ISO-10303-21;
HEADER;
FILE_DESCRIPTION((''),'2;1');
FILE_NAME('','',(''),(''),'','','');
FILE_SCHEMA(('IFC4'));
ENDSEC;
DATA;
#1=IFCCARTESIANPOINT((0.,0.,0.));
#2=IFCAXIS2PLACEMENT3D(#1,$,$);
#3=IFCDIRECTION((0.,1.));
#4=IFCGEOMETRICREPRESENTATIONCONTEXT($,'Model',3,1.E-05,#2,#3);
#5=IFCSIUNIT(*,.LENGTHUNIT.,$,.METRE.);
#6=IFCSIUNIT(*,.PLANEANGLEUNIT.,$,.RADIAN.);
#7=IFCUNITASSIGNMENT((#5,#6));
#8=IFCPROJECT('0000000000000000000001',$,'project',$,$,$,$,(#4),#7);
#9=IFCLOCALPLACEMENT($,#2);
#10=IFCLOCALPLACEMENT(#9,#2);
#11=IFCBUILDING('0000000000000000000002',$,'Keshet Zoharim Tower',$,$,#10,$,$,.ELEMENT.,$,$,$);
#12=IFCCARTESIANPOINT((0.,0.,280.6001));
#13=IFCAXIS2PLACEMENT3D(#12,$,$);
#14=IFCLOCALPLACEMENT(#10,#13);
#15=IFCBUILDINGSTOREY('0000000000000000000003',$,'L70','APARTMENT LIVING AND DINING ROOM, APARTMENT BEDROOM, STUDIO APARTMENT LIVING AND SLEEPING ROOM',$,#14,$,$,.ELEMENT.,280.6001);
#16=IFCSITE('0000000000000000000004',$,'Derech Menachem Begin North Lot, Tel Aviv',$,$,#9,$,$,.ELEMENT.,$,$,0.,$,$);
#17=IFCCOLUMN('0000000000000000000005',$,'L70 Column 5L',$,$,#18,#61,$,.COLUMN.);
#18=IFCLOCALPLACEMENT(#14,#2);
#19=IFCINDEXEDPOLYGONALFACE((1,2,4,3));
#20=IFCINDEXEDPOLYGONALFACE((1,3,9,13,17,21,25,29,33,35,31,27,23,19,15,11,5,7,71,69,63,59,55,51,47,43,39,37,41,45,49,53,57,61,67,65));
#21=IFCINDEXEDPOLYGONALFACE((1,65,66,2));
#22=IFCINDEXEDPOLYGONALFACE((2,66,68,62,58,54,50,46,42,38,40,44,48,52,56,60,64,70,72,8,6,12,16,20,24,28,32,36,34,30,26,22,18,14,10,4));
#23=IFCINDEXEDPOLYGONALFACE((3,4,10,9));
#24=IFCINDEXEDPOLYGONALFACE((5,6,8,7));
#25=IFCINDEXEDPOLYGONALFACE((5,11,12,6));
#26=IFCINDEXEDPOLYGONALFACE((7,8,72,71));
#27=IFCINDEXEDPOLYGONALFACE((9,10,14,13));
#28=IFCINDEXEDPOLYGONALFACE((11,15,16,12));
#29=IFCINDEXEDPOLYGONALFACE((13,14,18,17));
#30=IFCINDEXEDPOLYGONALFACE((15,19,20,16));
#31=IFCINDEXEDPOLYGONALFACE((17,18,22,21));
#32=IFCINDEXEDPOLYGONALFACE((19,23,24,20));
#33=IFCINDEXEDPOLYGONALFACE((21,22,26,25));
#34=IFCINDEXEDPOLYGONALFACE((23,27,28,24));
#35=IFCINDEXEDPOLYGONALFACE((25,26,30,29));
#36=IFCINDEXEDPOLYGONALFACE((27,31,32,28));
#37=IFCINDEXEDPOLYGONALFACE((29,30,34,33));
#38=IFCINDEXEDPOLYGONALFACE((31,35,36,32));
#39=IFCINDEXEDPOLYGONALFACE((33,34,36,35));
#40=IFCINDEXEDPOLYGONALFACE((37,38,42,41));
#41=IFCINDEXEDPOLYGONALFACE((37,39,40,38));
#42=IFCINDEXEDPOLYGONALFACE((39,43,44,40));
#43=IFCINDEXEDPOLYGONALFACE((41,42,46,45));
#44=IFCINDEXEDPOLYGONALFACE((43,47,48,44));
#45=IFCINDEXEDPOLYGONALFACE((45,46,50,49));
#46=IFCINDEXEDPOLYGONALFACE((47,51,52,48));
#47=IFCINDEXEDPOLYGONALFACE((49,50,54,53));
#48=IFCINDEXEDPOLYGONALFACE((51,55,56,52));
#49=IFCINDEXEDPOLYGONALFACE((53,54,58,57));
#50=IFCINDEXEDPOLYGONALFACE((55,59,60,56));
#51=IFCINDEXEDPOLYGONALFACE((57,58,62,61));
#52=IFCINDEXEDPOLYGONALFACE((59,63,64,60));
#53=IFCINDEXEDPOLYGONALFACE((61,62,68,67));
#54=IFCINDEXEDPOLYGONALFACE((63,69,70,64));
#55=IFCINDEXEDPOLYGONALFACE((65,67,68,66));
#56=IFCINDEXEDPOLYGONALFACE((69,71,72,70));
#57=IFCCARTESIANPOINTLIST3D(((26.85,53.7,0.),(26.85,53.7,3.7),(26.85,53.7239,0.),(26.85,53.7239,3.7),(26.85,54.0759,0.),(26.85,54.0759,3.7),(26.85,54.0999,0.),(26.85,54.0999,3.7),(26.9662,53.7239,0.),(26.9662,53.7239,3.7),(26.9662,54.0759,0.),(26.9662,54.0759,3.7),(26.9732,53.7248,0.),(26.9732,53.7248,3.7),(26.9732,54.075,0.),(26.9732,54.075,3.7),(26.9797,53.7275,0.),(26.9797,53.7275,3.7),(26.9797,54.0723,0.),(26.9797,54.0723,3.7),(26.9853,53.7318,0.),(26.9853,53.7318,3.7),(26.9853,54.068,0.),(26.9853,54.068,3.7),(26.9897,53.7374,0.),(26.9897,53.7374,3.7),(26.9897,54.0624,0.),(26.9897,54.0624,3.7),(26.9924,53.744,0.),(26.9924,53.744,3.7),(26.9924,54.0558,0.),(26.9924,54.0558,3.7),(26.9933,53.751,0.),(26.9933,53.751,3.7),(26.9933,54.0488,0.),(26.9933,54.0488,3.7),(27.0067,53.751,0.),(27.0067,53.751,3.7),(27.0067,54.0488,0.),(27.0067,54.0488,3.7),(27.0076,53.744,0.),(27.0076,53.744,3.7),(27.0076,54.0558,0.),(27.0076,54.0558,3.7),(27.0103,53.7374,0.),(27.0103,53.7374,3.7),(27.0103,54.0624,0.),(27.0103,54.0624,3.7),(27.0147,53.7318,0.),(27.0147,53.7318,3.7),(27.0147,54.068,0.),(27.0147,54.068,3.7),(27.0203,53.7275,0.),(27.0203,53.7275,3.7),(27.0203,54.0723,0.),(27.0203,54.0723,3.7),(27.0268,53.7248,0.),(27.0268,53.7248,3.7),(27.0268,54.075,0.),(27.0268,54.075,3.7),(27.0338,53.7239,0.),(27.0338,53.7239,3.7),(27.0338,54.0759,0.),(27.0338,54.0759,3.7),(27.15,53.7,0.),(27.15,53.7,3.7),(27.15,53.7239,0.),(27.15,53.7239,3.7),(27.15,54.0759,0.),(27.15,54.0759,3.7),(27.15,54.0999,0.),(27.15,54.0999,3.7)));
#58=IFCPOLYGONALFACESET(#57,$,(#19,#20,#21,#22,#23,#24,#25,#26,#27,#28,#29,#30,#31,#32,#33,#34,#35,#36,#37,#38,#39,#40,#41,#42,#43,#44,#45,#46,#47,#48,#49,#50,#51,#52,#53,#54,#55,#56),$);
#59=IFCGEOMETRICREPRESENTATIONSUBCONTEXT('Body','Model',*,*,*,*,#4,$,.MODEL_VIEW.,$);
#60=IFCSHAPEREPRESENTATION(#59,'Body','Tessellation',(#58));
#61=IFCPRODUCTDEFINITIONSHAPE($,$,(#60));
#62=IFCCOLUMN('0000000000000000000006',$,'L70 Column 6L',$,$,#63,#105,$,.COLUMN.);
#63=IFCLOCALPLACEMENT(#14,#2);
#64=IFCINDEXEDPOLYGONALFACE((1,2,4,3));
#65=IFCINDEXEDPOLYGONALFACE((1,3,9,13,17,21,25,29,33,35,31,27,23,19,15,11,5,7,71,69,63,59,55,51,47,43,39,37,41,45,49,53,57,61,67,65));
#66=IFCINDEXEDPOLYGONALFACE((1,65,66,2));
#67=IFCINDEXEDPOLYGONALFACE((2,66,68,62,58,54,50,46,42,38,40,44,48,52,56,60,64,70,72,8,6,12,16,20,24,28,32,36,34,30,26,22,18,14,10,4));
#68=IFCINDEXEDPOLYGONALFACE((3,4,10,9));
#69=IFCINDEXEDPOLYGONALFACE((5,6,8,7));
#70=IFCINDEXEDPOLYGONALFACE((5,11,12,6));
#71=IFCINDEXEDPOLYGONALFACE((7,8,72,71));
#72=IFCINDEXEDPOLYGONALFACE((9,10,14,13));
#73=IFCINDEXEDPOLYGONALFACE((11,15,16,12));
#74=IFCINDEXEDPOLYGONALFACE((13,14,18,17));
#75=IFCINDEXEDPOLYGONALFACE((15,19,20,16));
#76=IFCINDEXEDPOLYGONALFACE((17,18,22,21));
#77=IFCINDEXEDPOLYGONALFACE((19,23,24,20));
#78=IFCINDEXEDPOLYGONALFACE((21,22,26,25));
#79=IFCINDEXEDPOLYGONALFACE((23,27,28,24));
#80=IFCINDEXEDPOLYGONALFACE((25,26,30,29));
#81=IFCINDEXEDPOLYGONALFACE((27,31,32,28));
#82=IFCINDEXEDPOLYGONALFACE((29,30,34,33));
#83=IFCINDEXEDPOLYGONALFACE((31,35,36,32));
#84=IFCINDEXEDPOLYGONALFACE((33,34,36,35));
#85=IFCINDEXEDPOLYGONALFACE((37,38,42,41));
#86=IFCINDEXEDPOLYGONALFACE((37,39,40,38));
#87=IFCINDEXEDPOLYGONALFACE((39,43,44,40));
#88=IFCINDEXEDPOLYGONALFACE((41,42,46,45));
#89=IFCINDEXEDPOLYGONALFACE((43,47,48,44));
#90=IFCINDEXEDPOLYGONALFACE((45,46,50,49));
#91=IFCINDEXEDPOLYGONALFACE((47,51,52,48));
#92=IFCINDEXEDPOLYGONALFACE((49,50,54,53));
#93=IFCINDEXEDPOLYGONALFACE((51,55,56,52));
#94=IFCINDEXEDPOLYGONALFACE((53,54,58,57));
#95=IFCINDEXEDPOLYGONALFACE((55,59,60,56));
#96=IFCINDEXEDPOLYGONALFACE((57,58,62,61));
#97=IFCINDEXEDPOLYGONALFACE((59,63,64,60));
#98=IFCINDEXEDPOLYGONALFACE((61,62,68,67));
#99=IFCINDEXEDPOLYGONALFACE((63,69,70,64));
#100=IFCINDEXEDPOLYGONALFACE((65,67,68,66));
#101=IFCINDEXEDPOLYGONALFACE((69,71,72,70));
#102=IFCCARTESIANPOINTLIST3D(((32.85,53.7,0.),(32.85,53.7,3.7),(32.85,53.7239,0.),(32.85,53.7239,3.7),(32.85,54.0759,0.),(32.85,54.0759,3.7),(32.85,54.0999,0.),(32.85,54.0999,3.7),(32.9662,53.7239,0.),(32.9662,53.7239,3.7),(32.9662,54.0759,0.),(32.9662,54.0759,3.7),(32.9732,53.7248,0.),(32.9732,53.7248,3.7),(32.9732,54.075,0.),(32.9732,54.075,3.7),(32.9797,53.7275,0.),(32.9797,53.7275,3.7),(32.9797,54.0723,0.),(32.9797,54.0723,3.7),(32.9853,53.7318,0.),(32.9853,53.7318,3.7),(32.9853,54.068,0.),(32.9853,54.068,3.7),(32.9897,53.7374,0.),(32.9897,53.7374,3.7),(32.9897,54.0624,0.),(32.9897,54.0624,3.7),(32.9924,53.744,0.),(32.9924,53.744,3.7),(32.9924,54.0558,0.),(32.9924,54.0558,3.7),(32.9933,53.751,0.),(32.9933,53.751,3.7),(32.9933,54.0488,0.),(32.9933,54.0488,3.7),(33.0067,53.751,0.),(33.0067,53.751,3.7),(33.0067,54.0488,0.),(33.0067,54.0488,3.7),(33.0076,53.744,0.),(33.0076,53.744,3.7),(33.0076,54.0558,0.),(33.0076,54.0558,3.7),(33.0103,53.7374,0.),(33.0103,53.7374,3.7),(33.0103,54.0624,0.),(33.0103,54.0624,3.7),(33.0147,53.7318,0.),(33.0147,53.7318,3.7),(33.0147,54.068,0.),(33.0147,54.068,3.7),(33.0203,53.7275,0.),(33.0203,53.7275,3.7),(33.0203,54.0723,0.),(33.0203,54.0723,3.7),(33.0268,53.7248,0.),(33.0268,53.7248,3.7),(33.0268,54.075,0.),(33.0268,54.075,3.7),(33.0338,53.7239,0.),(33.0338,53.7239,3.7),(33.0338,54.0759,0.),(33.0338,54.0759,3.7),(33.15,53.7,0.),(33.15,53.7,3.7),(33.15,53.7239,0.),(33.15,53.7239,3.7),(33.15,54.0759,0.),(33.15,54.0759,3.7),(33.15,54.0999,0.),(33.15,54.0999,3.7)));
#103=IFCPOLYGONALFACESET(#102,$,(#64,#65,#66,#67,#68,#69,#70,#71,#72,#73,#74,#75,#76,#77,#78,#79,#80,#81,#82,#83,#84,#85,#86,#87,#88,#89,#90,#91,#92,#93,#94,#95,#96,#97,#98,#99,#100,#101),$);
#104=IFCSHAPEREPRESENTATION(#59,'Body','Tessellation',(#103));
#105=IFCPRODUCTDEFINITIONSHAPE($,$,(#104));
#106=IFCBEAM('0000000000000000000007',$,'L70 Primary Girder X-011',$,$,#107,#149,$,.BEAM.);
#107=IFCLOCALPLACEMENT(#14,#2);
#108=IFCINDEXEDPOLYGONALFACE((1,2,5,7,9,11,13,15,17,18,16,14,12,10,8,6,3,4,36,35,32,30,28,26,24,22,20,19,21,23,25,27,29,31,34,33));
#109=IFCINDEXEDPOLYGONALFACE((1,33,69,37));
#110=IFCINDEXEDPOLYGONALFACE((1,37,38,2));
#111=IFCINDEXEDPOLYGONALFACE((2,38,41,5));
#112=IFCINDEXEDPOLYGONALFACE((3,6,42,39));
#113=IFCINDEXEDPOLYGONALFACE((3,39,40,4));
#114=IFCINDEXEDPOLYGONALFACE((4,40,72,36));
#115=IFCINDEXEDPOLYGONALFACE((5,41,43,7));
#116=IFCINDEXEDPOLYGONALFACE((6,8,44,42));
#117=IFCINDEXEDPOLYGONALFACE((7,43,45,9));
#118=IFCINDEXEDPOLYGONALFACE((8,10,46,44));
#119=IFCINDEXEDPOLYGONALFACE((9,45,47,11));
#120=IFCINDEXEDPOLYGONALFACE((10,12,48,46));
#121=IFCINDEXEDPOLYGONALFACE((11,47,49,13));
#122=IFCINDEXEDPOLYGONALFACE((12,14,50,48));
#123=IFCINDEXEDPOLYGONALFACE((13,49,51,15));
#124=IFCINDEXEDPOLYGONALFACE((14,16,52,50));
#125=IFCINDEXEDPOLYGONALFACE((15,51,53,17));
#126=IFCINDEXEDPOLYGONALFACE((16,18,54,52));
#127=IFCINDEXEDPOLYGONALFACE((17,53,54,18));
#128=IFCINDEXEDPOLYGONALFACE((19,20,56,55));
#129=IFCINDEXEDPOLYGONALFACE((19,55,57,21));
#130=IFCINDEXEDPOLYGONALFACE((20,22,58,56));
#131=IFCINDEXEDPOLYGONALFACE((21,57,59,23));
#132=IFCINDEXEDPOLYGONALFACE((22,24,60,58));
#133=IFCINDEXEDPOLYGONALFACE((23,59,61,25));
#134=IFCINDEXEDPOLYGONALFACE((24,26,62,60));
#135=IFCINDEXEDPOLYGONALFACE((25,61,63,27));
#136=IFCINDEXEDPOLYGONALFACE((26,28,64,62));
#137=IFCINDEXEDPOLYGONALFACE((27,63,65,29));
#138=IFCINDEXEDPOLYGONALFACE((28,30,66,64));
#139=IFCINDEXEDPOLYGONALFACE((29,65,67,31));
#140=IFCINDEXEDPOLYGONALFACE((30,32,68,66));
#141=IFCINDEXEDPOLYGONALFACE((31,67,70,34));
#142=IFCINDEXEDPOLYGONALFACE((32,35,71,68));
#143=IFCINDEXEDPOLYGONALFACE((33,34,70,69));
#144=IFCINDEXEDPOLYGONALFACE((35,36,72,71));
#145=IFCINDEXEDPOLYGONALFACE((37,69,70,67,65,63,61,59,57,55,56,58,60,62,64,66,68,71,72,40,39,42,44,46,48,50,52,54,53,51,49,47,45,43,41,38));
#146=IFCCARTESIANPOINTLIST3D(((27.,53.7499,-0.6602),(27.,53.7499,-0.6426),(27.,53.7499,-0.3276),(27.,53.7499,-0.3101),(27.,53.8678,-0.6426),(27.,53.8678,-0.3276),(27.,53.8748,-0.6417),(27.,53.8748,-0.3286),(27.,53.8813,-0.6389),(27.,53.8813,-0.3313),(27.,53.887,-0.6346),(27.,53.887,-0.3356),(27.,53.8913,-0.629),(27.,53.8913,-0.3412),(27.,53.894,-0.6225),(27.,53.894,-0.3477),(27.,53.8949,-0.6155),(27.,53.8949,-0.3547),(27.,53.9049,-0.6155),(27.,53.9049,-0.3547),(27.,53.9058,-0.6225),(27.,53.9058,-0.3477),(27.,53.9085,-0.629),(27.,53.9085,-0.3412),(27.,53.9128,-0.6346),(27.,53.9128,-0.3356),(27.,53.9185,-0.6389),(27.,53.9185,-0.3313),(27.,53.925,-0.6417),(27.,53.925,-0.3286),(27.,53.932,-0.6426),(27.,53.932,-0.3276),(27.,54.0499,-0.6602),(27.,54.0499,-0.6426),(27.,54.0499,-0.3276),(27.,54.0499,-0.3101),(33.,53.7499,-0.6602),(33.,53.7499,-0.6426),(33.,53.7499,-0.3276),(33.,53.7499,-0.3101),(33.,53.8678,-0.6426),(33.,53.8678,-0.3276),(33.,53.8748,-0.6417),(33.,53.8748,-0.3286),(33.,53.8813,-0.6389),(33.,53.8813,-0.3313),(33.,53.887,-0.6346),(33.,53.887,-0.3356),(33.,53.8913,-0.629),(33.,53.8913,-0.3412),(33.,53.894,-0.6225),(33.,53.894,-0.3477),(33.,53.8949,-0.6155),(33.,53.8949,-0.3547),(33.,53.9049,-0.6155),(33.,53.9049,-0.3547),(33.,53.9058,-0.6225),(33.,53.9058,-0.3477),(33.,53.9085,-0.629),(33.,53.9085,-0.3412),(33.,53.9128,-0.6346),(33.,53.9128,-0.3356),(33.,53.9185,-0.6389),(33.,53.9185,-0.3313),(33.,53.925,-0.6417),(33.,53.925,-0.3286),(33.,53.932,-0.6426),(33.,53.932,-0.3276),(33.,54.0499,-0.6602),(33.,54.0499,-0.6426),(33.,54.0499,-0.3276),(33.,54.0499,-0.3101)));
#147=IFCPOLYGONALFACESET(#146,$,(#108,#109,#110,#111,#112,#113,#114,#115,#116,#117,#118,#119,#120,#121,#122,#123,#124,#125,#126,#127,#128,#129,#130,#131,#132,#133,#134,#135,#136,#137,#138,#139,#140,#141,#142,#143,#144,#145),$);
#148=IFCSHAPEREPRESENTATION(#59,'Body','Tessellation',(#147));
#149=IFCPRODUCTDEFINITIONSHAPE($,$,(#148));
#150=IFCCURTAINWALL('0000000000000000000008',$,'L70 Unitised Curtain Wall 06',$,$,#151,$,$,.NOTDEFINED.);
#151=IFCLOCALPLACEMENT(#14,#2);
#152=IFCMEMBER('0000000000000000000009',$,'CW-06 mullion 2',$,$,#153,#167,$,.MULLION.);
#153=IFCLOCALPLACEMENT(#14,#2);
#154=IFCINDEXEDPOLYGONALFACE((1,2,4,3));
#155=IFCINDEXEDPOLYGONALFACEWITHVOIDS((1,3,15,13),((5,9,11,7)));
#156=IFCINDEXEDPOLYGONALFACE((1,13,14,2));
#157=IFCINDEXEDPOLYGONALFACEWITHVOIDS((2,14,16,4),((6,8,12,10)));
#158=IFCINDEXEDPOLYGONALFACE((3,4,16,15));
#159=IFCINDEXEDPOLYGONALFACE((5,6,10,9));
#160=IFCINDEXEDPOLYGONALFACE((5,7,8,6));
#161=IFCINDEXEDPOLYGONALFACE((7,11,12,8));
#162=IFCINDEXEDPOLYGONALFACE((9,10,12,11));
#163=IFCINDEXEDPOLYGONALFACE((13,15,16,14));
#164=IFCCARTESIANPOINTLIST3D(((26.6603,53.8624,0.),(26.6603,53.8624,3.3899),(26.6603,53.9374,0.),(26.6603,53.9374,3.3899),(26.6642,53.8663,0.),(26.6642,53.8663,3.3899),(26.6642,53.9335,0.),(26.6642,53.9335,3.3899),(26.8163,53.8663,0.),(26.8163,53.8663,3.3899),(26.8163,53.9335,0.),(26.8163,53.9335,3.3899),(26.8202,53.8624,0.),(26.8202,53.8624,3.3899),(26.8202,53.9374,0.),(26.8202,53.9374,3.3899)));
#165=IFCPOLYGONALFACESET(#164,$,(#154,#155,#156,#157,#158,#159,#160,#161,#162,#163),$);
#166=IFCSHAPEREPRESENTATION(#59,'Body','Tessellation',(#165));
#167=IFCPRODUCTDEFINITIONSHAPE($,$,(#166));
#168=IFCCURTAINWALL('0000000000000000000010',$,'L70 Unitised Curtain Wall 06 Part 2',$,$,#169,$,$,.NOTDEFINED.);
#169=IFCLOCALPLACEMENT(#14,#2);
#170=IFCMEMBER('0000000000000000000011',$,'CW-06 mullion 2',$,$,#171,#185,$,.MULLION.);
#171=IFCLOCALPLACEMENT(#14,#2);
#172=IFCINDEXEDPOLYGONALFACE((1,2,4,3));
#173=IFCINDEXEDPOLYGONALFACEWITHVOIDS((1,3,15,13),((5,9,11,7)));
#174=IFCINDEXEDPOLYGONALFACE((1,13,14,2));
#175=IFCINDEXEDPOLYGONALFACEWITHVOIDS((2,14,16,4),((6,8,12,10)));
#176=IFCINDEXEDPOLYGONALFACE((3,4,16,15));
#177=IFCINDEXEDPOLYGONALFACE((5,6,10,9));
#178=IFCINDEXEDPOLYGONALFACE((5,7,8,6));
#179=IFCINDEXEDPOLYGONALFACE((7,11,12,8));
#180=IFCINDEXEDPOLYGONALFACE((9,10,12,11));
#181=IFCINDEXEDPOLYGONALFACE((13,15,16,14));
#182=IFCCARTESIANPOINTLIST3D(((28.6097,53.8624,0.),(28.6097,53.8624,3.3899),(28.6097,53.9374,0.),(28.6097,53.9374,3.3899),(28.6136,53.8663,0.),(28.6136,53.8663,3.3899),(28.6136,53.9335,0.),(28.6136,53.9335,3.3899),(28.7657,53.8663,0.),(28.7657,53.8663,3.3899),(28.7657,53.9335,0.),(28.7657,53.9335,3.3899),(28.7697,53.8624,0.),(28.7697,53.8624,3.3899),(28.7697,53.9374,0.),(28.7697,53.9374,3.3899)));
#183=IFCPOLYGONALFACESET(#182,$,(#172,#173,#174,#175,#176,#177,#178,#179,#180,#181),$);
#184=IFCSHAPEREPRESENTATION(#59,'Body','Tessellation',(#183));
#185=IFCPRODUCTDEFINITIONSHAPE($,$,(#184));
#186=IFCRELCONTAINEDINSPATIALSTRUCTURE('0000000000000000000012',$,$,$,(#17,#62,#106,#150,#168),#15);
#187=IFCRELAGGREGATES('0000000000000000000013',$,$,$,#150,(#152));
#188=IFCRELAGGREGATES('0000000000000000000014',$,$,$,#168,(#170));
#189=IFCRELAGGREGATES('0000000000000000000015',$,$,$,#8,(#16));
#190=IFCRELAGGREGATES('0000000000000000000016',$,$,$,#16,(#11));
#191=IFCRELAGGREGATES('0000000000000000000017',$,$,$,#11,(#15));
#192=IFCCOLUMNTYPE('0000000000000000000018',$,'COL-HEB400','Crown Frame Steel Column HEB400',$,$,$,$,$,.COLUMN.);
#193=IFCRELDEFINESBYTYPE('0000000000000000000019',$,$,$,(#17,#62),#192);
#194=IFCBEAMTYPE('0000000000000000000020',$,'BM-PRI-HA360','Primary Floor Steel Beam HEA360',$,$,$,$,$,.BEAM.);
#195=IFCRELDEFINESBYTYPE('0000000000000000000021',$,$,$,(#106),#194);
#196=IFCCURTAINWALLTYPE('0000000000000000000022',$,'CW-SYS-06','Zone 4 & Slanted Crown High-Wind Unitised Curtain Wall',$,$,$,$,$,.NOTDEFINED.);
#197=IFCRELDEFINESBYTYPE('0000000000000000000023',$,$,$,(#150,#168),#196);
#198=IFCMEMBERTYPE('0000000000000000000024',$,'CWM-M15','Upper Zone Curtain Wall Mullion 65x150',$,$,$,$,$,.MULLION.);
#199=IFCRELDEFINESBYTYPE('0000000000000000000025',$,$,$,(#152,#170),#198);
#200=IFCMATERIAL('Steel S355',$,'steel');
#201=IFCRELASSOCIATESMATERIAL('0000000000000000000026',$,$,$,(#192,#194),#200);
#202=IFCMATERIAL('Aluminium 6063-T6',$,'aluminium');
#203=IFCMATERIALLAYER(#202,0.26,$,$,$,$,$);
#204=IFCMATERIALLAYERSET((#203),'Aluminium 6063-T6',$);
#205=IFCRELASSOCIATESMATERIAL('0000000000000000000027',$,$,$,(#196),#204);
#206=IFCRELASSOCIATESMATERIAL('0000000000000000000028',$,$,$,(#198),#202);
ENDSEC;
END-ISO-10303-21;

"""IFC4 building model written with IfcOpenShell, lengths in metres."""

from ifc_helpers import new_model, si_unit, direction, frame, origin, origin_2d, place, context, subcontext, project, spatial, hollow_rectangle, i_section, extrude, material, layer, layer_set, material_profile, profile_set, type_object, element, aggregate, save


model = new_model("IFC4")

# Units and contexts
model_context = context("Model", 3, precision=1e-05, world=origin(), true_north=direction((0.0, 1.0)))
body_context = subcontext(model_context, "Body", "Model", "MODEL_VIEW")
ifc_project = project(units=[si_unit("LENGTHUNIT", "METRE"), si_unit("PLANEANGLEUNIT", "RADIAN")], contexts=[model_context])

# Site, building, storey
site_placement = place(None, origin())
site = spatial("IfcSite", under=ifc_project, at=site_placement, Name="Derech Menachem Begin North Lot, Tel Aviv", CompositionType="ELEMENT", RefElevation=0.0)
building_placement = place(site_placement, origin())
building = spatial("IfcBuilding", under=site, at=building_placement, Name="Keshet Zoharim Tower", CompositionType="ELEMENT")
storey_placement = place(building_placement, frame((0.0, 0.0, 280.6001)))
storey = spatial("IfcBuildingStorey", under=building, at=storey_placement, Name="L70", Description="APARTMENT LIVING AND DINING ROOM, APARTMENT BEDROOM, STUDIO APARTMENT LIVING AND SLEEPING ROOM", CompositionType="ELEMENT", Elevation=280.6001)

# Columns
ifc_material_1 = material(Name="Steel S355", Category="steel")
ifc_material_profile_1 = material_profile(ifc_material_1, i_section(OverallWidth=0.3, OverallDepth=0.3999, WebThickness=0.0134, FlangeThickness=0.0239, FilletRadius=0.0271, at=origin_2d()), Name="HEB400")
ifc_profile_set_1 = profile_set([ifc_material_profile_1], Name="Steel S355")
column_type = type_object("IfcColumnType", Name="COL-HEB400", Description="Crown Frame Steel Column HEB400", PredefinedType="COLUMN", material=ifc_profile_set_1)
for number, where, z_axis, x_axis, name in (
    (1, (27.0, 53.8999, 0.0), (0.0, 0.0, 1.0), (1.0, 0.0, 0.0), "L70 Column 5L"),
    (2, (33.0, 53.8999, 0.0), (0.0, 0.0, 1.0), (1.0, 0.0, 0.0), "L70 Column 6L"),
):
    element("IfcColumn", number, at=place(storey_placement, frame(where, z_axis=z_axis, x_axis=x_axis)), inside=storey, type_object=column_type, Name=name, PredefinedType="COLUMN", context=body_context, shape_type="SweptSolid", body=[
        extrude(i_section(OverallWidth=0.3, OverallDepth=0.3999, WebThickness=0.0134, FlangeThickness=0.0239, FilletRadius=0.0271, at=origin_2d()), origin(), (0.0, 0.0, 1.0), 3.7),
    ])

# Beam
ifc_material_profile_2 = material_profile(ifc_material_1, i_section(OverallWidth=0.3, OverallDepth=0.3501, WebThickness=0.01, FlangeThickness=0.0176, FilletRadius=0.0271, at=origin_2d()), Name="HEA360")
ifc_profile_set_2 = profile_set([ifc_material_profile_2], Name="Steel S355")
beam_type = type_object("IfcBeamType", Name="BM-PRI-HA360", Description="Primary Floor Steel Beam HEA360", PredefinedType="BEAM", material=ifc_profile_set_2)
beam_placement = place(storey_placement, frame((27.0, 53.8999, -0.4851), z_axis=(1.0, 0.0, 0.0), x_axis=(0.0, 1.0, 0.0)))
element("IfcBeam", 3, at=beam_placement, inside=storey, type_object=beam_type, Name="L70 Primary Girder X-011", PredefinedType="BEAM", context=body_context, shape_type="SweptSolid", body=[
    extrude(i_section(OverallWidth=0.3, OverallDepth=0.3501, WebThickness=0.01, FlangeThickness=0.0176, FilletRadius=0.0271, at=origin_2d()), origin(), (0.0, 0.0, 1.0), 6.0),
])

# Curtain wall, member
ifc_material_2 = material(Name="Aluminium 6063-T6", Category="aluminium")
ifc_layer_1 = layer(ifc_material_2, 0.26)
ifc_layer_set_1 = layer_set([ifc_layer_1], Name="Aluminium 6063-T6")
curtain_wall_type = type_object("IfcCurtainWallType", Name="CW-SYS-06", Description="Zone 4 & Slanted Crown High-Wind Unitised Curtain Wall", PredefinedType="NOTDEFINED", material=ifc_layer_set_1)
curtain_wall_1_placement = place(storey_placement, origin())
curtain_wall_1 = element("IfcCurtainWall", 4, at=curtain_wall_1_placement, inside=storey, type_object=curtain_wall_type, Name="L70 Unitised Curtain Wall 06", PredefinedType="NOTDEFINED")
ifc_material_profile_3 = material_profile(ifc_material_2, hollow_rectangle(XDim=0.075, YDim=0.1599, WallThickness=0.0039, at=origin_2d()), Name="MUL-75x160")
ifc_profile_set_3 = profile_set([ifc_material_profile_3], Name="Aluminium 6063-T6")
member_type_1 = type_object("IfcMemberType", Name="CWM-M15", Description="Upper Zone Curtain Wall Mullion 65x150", PredefinedType="MULLION", material=ifc_profile_set_3)
member_1_placement = place(storey_placement, frame((26.7402, 53.8999, 0.0), z_axis=(0.0, 0.0, 1.0), x_axis=(0.0, 1.0, 0.0)))
member_1 = element("IfcMember", 5, at=member_1_placement, type_object=member_type_1, Name="CW-06 mullion 2", PredefinedType="MULLION", context=body_context, shape_type="SweptSolid", body=[
    extrude(hollow_rectangle(XDim=0.075, YDim=0.1599, WallThickness=0.0039, at=origin_2d()), origin(), (0.0, 0.0, 1.0), 3.3899),
])
aggregate(curtain_wall_1, [member_1])

# Curtain wall, member
curtain_wall_2_placement = place(storey_placement, origin())
curtain_wall_2 = element("IfcCurtainWall", 6, at=curtain_wall_2_placement, inside=storey, type_object=curtain_wall_type, Name="L70 Unitised Curtain Wall 06 Part 2", PredefinedType="NOTDEFINED")
member_2_placement = place(storey_placement, frame((28.6897, 53.8999, 0.0), z_axis=(0.0, 0.0, 1.0), x_axis=(0.0, 1.0, 0.0)))
member_2 = element("IfcMember", 7, at=member_2_placement, type_object=member_type_1, Name="CW-06 mullion 2", PredefinedType="MULLION", context=body_context, shape_type="SweptSolid", body=[
    extrude(hollow_rectangle(XDim=0.075, YDim=0.1599, WallThickness=0.0039, at=origin_2d()), origin(), (0.0, 0.0, 1.0), 3.3899),
])

aggregate(curtain_wall_2, [member_2])

save(model, "model.ifc")
